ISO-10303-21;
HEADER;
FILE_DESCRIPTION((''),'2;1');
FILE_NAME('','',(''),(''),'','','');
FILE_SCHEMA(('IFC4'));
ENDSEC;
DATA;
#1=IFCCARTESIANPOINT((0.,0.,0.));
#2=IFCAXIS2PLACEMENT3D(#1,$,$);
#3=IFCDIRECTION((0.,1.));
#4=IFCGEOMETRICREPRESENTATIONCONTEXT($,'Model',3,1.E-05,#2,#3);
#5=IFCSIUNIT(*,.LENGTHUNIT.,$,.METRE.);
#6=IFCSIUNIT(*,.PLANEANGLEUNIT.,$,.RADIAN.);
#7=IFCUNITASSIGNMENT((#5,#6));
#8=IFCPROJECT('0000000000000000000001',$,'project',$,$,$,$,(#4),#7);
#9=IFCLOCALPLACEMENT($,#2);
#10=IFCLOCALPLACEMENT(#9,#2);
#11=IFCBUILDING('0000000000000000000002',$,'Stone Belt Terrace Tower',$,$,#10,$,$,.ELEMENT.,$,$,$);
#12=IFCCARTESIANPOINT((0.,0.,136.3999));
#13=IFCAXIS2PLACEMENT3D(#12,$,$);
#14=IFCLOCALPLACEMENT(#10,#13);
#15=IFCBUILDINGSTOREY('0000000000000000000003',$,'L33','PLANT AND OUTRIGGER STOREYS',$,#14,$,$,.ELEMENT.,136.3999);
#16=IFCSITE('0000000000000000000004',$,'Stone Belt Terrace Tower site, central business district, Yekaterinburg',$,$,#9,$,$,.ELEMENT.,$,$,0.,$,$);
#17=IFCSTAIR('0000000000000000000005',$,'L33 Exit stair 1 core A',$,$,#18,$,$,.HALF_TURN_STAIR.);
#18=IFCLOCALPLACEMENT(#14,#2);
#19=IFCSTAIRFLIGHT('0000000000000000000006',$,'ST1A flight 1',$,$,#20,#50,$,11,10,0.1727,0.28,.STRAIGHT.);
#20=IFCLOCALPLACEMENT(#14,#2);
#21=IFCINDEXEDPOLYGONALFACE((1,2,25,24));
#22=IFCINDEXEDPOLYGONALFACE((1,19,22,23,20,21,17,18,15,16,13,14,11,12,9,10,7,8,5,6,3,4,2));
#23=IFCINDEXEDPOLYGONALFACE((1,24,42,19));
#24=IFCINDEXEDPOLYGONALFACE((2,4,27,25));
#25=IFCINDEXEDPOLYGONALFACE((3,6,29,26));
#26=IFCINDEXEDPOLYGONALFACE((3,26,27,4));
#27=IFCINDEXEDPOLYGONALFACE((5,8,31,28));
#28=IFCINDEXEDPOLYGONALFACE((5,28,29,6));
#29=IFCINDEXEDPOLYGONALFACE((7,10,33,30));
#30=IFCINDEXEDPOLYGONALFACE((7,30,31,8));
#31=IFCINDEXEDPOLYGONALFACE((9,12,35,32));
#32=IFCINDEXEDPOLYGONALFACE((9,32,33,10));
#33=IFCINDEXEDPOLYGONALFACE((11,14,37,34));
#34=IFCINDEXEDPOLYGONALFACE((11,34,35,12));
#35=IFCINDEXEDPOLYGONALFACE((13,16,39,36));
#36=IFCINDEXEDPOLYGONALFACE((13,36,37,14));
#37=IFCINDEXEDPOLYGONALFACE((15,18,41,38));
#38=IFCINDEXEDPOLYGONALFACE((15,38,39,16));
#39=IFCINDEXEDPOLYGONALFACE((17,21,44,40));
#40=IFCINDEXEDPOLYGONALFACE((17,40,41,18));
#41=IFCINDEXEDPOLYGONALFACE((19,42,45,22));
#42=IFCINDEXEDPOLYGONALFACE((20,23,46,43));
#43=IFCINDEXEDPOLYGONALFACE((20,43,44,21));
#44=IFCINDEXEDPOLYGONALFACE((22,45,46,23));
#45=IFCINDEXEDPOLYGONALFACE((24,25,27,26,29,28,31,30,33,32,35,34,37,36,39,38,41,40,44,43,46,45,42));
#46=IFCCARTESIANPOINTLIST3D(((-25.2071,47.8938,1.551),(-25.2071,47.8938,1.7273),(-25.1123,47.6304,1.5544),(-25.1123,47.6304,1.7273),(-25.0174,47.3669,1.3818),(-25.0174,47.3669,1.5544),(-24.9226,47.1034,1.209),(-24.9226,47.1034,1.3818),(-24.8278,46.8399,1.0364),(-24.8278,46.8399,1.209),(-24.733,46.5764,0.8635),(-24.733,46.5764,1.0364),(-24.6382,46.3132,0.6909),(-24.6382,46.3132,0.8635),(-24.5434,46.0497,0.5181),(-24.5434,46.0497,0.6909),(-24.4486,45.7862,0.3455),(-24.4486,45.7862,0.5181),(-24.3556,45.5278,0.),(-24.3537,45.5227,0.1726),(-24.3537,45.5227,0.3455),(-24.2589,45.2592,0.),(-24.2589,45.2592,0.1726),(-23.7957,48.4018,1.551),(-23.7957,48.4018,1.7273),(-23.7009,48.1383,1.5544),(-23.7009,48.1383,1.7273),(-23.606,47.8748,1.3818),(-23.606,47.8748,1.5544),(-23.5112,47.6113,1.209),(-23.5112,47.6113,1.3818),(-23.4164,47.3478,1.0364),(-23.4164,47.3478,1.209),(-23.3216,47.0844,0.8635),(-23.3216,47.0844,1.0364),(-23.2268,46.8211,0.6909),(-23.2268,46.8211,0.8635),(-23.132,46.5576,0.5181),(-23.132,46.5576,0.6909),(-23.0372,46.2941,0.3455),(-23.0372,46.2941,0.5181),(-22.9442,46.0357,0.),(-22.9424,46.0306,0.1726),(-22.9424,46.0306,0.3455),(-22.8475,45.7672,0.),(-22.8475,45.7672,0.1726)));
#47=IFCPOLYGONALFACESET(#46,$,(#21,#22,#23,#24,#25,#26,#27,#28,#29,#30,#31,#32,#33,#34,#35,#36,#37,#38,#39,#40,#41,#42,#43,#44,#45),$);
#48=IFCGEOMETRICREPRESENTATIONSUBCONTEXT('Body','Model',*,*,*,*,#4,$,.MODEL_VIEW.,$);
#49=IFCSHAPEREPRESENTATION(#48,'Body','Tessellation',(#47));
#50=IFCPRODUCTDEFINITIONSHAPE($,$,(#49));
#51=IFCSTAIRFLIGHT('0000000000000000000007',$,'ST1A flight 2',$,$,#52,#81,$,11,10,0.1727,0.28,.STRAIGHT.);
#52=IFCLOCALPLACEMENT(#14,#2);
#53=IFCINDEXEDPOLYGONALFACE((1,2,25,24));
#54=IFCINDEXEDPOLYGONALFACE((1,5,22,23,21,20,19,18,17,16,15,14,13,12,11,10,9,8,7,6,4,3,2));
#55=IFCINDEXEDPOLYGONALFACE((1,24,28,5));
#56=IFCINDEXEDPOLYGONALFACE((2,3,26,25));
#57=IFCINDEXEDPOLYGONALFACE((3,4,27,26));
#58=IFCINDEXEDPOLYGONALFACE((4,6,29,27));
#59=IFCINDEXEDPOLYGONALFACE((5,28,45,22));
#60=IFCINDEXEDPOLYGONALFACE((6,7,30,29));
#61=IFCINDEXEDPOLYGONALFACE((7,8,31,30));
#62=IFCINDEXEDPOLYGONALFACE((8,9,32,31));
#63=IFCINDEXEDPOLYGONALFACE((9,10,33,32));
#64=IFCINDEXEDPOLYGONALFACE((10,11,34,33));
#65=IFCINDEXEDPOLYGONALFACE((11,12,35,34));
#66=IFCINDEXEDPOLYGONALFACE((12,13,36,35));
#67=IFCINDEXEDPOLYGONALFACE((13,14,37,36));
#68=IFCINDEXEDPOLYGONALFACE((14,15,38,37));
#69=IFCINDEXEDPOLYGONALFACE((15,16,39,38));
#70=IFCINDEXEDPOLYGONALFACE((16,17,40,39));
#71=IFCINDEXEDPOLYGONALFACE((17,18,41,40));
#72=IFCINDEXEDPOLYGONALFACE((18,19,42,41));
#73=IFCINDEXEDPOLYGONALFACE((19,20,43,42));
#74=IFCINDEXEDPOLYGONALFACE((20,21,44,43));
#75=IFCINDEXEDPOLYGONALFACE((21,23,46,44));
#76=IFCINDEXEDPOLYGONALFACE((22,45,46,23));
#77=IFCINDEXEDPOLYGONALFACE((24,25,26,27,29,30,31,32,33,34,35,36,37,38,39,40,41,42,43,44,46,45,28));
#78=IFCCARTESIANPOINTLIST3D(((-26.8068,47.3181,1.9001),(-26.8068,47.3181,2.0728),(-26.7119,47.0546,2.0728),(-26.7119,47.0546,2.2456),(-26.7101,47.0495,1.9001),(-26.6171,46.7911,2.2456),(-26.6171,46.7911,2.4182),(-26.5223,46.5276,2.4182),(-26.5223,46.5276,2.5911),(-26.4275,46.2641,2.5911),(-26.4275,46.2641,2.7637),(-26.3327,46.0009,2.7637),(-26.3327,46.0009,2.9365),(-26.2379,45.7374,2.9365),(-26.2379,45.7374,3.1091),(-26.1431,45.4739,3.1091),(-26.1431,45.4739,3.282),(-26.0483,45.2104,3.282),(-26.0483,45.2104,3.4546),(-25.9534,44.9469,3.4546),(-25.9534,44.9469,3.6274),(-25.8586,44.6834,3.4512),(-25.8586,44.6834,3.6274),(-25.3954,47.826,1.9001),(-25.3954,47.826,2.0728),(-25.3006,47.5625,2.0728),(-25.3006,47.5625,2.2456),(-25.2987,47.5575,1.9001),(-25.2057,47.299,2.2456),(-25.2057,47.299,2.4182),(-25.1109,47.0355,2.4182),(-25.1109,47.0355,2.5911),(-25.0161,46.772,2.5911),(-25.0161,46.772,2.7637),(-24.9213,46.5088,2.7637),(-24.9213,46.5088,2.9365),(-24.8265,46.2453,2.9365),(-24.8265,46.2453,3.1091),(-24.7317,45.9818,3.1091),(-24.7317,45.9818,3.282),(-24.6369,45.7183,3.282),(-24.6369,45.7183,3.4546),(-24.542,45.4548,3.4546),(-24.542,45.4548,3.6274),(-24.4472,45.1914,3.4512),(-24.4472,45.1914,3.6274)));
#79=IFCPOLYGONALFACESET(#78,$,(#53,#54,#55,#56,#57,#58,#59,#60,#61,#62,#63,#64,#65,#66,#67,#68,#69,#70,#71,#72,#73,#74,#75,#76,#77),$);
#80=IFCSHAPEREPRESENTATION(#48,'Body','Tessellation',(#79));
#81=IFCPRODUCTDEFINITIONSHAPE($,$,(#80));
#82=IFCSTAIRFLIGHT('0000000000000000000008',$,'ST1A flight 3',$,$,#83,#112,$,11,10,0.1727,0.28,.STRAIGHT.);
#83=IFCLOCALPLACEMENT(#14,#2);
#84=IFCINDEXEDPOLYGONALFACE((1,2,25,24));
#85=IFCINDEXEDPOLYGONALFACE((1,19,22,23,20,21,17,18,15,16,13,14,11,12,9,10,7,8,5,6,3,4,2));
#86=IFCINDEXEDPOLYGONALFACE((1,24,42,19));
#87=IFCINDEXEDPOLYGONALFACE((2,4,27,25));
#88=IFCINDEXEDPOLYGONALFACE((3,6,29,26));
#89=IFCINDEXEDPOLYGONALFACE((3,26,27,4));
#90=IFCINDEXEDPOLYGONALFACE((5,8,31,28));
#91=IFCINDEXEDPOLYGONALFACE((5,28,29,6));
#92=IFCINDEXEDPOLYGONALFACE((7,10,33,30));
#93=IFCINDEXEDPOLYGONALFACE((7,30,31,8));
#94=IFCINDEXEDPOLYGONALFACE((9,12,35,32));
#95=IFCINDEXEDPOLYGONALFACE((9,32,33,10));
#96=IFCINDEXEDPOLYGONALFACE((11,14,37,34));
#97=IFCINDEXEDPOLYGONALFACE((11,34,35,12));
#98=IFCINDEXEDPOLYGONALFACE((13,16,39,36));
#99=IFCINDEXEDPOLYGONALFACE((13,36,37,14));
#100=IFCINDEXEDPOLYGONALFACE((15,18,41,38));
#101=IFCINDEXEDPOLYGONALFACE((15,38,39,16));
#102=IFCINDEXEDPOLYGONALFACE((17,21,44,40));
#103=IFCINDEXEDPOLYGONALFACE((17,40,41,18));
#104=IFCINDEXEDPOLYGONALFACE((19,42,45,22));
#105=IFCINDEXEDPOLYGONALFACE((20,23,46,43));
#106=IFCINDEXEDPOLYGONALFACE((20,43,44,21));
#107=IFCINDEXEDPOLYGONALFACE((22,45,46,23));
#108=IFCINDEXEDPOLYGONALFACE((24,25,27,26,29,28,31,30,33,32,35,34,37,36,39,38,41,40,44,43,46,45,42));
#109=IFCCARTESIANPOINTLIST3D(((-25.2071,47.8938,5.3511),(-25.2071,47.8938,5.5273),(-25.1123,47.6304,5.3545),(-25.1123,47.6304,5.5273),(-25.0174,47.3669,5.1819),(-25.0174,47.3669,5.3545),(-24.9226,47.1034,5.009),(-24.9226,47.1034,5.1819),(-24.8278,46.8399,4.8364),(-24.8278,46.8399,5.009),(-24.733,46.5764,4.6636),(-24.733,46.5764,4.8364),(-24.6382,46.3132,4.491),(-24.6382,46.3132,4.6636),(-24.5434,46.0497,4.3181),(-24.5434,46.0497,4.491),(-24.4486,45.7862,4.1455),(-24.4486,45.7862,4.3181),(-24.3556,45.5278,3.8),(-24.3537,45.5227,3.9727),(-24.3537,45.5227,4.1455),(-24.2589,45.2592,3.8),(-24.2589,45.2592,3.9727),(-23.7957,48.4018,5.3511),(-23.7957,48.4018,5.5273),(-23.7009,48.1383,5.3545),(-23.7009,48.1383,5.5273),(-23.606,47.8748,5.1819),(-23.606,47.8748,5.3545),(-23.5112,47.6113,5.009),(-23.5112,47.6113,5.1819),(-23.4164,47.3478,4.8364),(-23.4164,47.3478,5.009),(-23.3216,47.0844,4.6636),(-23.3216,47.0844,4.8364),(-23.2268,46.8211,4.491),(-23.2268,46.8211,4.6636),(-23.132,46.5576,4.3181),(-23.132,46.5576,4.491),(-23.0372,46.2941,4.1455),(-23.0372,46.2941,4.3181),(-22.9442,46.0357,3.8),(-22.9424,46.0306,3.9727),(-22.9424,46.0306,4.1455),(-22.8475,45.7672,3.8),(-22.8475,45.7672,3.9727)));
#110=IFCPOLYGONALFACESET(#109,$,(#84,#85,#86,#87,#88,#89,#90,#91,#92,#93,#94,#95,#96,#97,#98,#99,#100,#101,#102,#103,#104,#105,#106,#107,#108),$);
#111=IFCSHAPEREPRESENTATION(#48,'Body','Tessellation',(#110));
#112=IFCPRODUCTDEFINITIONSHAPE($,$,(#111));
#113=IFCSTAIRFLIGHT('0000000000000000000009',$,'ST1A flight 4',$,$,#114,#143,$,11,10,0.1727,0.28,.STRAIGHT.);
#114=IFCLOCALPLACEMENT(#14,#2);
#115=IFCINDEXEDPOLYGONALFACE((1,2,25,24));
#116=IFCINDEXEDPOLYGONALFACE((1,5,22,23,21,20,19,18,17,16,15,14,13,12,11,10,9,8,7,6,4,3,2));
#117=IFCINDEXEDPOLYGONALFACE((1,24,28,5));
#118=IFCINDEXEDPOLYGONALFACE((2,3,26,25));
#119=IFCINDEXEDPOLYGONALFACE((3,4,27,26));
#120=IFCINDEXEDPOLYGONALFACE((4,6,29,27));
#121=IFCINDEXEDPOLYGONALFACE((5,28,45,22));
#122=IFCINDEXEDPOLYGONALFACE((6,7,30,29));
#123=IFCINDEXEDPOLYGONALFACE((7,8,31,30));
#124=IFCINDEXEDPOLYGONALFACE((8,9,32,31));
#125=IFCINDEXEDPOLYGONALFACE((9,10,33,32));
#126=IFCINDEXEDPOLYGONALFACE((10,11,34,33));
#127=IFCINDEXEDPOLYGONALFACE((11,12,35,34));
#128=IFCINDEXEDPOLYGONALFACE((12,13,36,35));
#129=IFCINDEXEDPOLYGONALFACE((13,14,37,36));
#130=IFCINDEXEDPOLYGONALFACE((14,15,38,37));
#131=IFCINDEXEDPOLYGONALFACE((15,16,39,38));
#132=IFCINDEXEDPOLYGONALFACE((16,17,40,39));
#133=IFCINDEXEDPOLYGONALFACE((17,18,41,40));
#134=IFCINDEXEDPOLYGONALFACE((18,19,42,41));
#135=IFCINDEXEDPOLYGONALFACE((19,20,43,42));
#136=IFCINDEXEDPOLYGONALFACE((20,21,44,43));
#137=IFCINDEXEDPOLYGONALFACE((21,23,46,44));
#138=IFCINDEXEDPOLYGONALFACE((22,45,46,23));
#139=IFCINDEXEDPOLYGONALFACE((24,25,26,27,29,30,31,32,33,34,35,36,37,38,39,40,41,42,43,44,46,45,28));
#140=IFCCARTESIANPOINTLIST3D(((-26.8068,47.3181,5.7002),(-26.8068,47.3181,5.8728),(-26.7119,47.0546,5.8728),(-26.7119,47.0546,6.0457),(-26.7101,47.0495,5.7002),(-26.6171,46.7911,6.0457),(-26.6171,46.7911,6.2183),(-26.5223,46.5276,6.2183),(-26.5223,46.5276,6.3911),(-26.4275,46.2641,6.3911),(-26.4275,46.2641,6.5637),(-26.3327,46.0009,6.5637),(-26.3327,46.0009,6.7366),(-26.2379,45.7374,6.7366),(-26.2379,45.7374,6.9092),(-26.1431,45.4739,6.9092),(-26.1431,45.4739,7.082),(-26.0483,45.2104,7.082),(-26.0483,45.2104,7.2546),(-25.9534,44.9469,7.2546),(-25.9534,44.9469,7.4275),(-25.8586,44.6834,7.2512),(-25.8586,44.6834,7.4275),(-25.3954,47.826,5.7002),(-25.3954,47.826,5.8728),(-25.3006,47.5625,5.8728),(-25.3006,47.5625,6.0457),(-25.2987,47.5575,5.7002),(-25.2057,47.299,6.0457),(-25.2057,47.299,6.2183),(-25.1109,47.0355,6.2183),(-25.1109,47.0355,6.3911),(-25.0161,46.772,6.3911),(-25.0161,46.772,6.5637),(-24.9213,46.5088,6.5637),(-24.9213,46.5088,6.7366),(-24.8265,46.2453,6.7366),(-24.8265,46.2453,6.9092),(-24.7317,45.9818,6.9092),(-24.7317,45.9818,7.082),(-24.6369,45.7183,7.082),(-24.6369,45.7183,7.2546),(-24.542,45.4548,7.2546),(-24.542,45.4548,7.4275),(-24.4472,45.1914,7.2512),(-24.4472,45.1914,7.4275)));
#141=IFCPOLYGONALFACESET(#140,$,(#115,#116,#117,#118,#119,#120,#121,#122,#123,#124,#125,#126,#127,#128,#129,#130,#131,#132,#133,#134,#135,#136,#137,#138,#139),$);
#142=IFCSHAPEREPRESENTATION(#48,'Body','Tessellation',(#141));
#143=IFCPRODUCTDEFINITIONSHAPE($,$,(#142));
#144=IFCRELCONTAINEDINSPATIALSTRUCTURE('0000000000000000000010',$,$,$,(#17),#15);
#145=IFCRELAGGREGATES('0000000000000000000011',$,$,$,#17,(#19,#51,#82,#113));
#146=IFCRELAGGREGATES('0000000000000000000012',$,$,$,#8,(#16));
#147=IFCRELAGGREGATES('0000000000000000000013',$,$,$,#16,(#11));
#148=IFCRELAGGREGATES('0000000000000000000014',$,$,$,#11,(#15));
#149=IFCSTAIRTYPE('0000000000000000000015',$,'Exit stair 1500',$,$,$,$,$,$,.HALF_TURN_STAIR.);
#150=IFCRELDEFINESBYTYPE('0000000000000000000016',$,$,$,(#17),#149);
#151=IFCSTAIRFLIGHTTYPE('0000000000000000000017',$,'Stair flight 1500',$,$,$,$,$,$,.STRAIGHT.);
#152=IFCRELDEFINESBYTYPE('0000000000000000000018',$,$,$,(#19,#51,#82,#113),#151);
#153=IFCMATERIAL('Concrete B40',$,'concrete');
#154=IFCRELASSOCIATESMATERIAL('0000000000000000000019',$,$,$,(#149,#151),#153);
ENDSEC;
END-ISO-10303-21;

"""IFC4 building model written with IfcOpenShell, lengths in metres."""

from ifc_helpers import new_model, si_unit, direction, frame, origin, place, context, subcontext, project, spatial, polyline, outline, extrude, material, type_object, element, aggregate, save


model = new_model("IFC4")

# Units and contexts
model_context = context("Model", 3, precision=1e-05, world=origin(), true_north=direction((0.0, 1.0)))
body_context = subcontext(model_context, "Body", "Model", "MODEL_VIEW")
ifc_project = project(units=[si_unit("LENGTHUNIT", "METRE"), si_unit("PLANEANGLEUNIT", "RADIAN")], contexts=[model_context])

# Site, building, storey
site_placement = place(None, origin())
site = spatial("IfcSite", under=ifc_project, at=site_placement, Name="Stone Belt Terrace Tower site, central business district, Yekaterinburg", CompositionType="ELEMENT", RefElevation=0.0)
building_placement = place(site_placement, origin())
building = spatial("IfcBuilding", under=site, at=building_placement, Name="Stone Belt Terrace Tower", CompositionType="ELEMENT")
storey_placement = place(building_placement, frame((0.0, 0.0, 136.3999)))
storey = spatial("IfcBuildingStorey", under=building, at=storey_placement, Name="L33", Description="PLANT AND OUTRIGGER STOREYS", CompositionType="ELEMENT", Elevation=136.3999)

# Stair, stair flights
ifc_material_1 = material(Name="Concrete B40", Category="concrete")
stair_type = type_object("IfcStairType", Name="Exit stair 1500", PredefinedType="HALF_TURN_STAIR", material=ifc_material_1)
stair_placement = place(storey_placement, origin())
stair = element("IfcStair", 1, at=stair_placement, inside=storey, type_object=stair_type, Name="L33 Exit stair 1 core A", PredefinedType="HALF_TURN_STAIR")
stair_flight_type = type_object("IfcStairFlightType", Name="Stair flight 1500", PredefinedType="STRAIGHT", material=ifc_material_1)
stair_flight_1_placement = place(storey_placement, frame((-23.5532, 45.5132, 0.0), z_axis=(0.0, 0.0, 1.0), x_axis=(-0.338624, 0.940922, 0.0)))
stair_flight_1 = element("IfcStairFlight", 2, at=stair_flight_1_placement, type_object=stair_flight_type, Name="ST1A flight 1", NumberOfRisers=11, NumberOfTreads=10, PredefinedType="STRAIGHT", RiserHeight=0.1727, TreadLength=0.28, context=body_context, shape_type="SweptSolid", body=[
    extrude(outline(polyline([(0.0, 0.0), (0.0, 0.1726), (0.28, 0.1726), (0.28, 0.3455), (0.5601, 0.3455), (0.5601, 0.5181), (0.8401, 0.5181), (0.8401, 0.6909), (1.1201, 0.6909), (1.1201, 0.8635), (1.3999, 0.8635), (1.3999, 1.0364), (1.6799, 1.0364), (1.6799, 1.209), (1.96, 1.209), (1.96, 1.3818), (2.24, 1.3818), (2.24, 1.5544), (2.52, 1.5544), (2.52, 1.7273), (2.8, 1.7273), (2.8, 1.8999), (2.8, 1.551), (0.2854, 0.0), (0.0, 0.0)])), frame((0.0, 0.75, 0.0), z_axis=(0.0, -1.0, 0.0), x_axis=(1.0, 0.0, 0.0)), (0.0, 0.0, 1.0), 1.5),
])
stair_flight_2_placement = place(storey_placement, frame((-26.1011, 47.572, 1.9001), z_axis=(0.0, 0.0, 1.0), x_axis=(0.338624, -0.940922, 0.0)))
stair_flight_2 = element("IfcStairFlight", 3, at=stair_flight_2_placement, type_object=stair_flight_type, Name="ST1A flight 2", NumberOfRisers=11, NumberOfTreads=10, PredefinedType="STRAIGHT", RiserHeight=0.1727, TreadLength=0.28, context=body_context, shape_type="SweptSolid", body=[
    extrude(outline(polyline([(0.0, 0.0), (0.0, 0.1726), (0.28, 0.1726), (0.28, 0.3455), (0.5601, 0.3455), (0.5601, 0.5181), (0.8401, 0.5181), (0.8401, 0.6909), (1.1201, 0.6909), (1.1201, 0.8635), (1.3999, 0.8635), (1.3999, 1.0364), (1.6799, 1.0364), (1.6799, 1.209), (1.96, 1.209), (1.96, 1.3818), (2.24, 1.3818), (2.24, 1.5544), (2.52, 1.5544), (2.52, 1.7273), (2.8, 1.7273), (2.8, 1.8999), (2.8, 1.551), (0.2854, 0.0), (0.0, 0.0)])), frame((0.0, 0.75, 0.0), z_axis=(0.0, -1.0, 0.0), x_axis=(1.0, 0.0, 0.0)), (0.0, 0.0, 1.0), 1.5),
])
stair_flight_3_placement = place(storey_placement, frame((-23.5532, 45.5132, 3.8), z_axis=(0.0, 0.0, 1.0), x_axis=(-0.338624, 0.940922, 0.0)))
stair_flight_3 = element("IfcStairFlight", 4, at=stair_flight_3_placement, type_object=stair_flight_type, Name="ST1A flight 3", NumberOfRisers=11, NumberOfTreads=10, PredefinedType="STRAIGHT", RiserHeight=0.1727, TreadLength=0.28, context=body_context, shape_type="SweptSolid", body=[
    extrude(outline(polyline([(0.0, 0.0), (0.0, 0.1726), (0.28, 0.1726), (0.28, 0.3455), (0.5601, 0.3455), (0.5601, 0.5181), (0.8401, 0.5181), (0.8401, 0.6909), (1.1201, 0.6909), (1.1201, 0.8635), (1.3999, 0.8635), (1.3999, 1.0364), (1.6799, 1.0364), (1.6799, 1.209), (1.96, 1.209), (1.96, 1.3818), (2.24, 1.3818), (2.24, 1.5544), (2.52, 1.5544), (2.52, 1.7273), (2.8, 1.7273), (2.8, 1.8999), (2.8, 1.551), (0.2854, 0.0), (0.0, 0.0)])), frame((0.0, 0.75, 0.0), z_axis=(0.0, -1.0, 0.0), x_axis=(1.0, 0.0, 0.0)), (0.0, 0.0, 1.0), 1.5),
])
stair_flight_4_placement = place(storey_placement, frame((-26.1011, 47.572, 5.7002), z_axis=(0.0, 0.0, 1.0), x_axis=(0.338624, -0.940922, 0.0)))
stair_flight_4 = element("IfcStairFlight", 5, at=stair_flight_4_placement, type_object=stair_flight_type, Name="ST1A flight 4", NumberOfRisers=11, NumberOfTreads=10, PredefinedType="STRAIGHT", RiserHeight=0.1727, TreadLength=0.28, context=body_context, shape_type="SweptSolid", body=[
    extrude(outline(polyline([(0.0, 0.0), (0.0, 0.1726), (0.28, 0.1726), (0.28, 0.3455), (0.5601, 0.3455), (0.5601, 0.5181), (0.8401, 0.5181), (0.8401, 0.6909), (1.1201, 0.6909), (1.1201, 0.8635), (1.3999, 0.8635), (1.3999, 1.0364), (1.6799, 1.0364), (1.6799, 1.209), (1.96, 1.209), (1.96, 1.3818), (2.24, 1.3818), (2.24, 1.5544), (2.52, 1.5544), (2.52, 1.7273), (2.8, 1.7273), (2.8, 1.8999), (2.8, 1.551), (0.2854, 0.0), (0.0, 0.0)])), frame((0.0, 0.75, 0.0), z_axis=(0.0, -1.0, 0.0), x_axis=(1.0, 0.0, 0.0)), (0.0, 0.0, 1.0), 1.5),
])
aggregate(stair, [stair_flight_1, stair_flight_2, stair_flight_3, stair_flight_4])

save(model, "model.ifc")
